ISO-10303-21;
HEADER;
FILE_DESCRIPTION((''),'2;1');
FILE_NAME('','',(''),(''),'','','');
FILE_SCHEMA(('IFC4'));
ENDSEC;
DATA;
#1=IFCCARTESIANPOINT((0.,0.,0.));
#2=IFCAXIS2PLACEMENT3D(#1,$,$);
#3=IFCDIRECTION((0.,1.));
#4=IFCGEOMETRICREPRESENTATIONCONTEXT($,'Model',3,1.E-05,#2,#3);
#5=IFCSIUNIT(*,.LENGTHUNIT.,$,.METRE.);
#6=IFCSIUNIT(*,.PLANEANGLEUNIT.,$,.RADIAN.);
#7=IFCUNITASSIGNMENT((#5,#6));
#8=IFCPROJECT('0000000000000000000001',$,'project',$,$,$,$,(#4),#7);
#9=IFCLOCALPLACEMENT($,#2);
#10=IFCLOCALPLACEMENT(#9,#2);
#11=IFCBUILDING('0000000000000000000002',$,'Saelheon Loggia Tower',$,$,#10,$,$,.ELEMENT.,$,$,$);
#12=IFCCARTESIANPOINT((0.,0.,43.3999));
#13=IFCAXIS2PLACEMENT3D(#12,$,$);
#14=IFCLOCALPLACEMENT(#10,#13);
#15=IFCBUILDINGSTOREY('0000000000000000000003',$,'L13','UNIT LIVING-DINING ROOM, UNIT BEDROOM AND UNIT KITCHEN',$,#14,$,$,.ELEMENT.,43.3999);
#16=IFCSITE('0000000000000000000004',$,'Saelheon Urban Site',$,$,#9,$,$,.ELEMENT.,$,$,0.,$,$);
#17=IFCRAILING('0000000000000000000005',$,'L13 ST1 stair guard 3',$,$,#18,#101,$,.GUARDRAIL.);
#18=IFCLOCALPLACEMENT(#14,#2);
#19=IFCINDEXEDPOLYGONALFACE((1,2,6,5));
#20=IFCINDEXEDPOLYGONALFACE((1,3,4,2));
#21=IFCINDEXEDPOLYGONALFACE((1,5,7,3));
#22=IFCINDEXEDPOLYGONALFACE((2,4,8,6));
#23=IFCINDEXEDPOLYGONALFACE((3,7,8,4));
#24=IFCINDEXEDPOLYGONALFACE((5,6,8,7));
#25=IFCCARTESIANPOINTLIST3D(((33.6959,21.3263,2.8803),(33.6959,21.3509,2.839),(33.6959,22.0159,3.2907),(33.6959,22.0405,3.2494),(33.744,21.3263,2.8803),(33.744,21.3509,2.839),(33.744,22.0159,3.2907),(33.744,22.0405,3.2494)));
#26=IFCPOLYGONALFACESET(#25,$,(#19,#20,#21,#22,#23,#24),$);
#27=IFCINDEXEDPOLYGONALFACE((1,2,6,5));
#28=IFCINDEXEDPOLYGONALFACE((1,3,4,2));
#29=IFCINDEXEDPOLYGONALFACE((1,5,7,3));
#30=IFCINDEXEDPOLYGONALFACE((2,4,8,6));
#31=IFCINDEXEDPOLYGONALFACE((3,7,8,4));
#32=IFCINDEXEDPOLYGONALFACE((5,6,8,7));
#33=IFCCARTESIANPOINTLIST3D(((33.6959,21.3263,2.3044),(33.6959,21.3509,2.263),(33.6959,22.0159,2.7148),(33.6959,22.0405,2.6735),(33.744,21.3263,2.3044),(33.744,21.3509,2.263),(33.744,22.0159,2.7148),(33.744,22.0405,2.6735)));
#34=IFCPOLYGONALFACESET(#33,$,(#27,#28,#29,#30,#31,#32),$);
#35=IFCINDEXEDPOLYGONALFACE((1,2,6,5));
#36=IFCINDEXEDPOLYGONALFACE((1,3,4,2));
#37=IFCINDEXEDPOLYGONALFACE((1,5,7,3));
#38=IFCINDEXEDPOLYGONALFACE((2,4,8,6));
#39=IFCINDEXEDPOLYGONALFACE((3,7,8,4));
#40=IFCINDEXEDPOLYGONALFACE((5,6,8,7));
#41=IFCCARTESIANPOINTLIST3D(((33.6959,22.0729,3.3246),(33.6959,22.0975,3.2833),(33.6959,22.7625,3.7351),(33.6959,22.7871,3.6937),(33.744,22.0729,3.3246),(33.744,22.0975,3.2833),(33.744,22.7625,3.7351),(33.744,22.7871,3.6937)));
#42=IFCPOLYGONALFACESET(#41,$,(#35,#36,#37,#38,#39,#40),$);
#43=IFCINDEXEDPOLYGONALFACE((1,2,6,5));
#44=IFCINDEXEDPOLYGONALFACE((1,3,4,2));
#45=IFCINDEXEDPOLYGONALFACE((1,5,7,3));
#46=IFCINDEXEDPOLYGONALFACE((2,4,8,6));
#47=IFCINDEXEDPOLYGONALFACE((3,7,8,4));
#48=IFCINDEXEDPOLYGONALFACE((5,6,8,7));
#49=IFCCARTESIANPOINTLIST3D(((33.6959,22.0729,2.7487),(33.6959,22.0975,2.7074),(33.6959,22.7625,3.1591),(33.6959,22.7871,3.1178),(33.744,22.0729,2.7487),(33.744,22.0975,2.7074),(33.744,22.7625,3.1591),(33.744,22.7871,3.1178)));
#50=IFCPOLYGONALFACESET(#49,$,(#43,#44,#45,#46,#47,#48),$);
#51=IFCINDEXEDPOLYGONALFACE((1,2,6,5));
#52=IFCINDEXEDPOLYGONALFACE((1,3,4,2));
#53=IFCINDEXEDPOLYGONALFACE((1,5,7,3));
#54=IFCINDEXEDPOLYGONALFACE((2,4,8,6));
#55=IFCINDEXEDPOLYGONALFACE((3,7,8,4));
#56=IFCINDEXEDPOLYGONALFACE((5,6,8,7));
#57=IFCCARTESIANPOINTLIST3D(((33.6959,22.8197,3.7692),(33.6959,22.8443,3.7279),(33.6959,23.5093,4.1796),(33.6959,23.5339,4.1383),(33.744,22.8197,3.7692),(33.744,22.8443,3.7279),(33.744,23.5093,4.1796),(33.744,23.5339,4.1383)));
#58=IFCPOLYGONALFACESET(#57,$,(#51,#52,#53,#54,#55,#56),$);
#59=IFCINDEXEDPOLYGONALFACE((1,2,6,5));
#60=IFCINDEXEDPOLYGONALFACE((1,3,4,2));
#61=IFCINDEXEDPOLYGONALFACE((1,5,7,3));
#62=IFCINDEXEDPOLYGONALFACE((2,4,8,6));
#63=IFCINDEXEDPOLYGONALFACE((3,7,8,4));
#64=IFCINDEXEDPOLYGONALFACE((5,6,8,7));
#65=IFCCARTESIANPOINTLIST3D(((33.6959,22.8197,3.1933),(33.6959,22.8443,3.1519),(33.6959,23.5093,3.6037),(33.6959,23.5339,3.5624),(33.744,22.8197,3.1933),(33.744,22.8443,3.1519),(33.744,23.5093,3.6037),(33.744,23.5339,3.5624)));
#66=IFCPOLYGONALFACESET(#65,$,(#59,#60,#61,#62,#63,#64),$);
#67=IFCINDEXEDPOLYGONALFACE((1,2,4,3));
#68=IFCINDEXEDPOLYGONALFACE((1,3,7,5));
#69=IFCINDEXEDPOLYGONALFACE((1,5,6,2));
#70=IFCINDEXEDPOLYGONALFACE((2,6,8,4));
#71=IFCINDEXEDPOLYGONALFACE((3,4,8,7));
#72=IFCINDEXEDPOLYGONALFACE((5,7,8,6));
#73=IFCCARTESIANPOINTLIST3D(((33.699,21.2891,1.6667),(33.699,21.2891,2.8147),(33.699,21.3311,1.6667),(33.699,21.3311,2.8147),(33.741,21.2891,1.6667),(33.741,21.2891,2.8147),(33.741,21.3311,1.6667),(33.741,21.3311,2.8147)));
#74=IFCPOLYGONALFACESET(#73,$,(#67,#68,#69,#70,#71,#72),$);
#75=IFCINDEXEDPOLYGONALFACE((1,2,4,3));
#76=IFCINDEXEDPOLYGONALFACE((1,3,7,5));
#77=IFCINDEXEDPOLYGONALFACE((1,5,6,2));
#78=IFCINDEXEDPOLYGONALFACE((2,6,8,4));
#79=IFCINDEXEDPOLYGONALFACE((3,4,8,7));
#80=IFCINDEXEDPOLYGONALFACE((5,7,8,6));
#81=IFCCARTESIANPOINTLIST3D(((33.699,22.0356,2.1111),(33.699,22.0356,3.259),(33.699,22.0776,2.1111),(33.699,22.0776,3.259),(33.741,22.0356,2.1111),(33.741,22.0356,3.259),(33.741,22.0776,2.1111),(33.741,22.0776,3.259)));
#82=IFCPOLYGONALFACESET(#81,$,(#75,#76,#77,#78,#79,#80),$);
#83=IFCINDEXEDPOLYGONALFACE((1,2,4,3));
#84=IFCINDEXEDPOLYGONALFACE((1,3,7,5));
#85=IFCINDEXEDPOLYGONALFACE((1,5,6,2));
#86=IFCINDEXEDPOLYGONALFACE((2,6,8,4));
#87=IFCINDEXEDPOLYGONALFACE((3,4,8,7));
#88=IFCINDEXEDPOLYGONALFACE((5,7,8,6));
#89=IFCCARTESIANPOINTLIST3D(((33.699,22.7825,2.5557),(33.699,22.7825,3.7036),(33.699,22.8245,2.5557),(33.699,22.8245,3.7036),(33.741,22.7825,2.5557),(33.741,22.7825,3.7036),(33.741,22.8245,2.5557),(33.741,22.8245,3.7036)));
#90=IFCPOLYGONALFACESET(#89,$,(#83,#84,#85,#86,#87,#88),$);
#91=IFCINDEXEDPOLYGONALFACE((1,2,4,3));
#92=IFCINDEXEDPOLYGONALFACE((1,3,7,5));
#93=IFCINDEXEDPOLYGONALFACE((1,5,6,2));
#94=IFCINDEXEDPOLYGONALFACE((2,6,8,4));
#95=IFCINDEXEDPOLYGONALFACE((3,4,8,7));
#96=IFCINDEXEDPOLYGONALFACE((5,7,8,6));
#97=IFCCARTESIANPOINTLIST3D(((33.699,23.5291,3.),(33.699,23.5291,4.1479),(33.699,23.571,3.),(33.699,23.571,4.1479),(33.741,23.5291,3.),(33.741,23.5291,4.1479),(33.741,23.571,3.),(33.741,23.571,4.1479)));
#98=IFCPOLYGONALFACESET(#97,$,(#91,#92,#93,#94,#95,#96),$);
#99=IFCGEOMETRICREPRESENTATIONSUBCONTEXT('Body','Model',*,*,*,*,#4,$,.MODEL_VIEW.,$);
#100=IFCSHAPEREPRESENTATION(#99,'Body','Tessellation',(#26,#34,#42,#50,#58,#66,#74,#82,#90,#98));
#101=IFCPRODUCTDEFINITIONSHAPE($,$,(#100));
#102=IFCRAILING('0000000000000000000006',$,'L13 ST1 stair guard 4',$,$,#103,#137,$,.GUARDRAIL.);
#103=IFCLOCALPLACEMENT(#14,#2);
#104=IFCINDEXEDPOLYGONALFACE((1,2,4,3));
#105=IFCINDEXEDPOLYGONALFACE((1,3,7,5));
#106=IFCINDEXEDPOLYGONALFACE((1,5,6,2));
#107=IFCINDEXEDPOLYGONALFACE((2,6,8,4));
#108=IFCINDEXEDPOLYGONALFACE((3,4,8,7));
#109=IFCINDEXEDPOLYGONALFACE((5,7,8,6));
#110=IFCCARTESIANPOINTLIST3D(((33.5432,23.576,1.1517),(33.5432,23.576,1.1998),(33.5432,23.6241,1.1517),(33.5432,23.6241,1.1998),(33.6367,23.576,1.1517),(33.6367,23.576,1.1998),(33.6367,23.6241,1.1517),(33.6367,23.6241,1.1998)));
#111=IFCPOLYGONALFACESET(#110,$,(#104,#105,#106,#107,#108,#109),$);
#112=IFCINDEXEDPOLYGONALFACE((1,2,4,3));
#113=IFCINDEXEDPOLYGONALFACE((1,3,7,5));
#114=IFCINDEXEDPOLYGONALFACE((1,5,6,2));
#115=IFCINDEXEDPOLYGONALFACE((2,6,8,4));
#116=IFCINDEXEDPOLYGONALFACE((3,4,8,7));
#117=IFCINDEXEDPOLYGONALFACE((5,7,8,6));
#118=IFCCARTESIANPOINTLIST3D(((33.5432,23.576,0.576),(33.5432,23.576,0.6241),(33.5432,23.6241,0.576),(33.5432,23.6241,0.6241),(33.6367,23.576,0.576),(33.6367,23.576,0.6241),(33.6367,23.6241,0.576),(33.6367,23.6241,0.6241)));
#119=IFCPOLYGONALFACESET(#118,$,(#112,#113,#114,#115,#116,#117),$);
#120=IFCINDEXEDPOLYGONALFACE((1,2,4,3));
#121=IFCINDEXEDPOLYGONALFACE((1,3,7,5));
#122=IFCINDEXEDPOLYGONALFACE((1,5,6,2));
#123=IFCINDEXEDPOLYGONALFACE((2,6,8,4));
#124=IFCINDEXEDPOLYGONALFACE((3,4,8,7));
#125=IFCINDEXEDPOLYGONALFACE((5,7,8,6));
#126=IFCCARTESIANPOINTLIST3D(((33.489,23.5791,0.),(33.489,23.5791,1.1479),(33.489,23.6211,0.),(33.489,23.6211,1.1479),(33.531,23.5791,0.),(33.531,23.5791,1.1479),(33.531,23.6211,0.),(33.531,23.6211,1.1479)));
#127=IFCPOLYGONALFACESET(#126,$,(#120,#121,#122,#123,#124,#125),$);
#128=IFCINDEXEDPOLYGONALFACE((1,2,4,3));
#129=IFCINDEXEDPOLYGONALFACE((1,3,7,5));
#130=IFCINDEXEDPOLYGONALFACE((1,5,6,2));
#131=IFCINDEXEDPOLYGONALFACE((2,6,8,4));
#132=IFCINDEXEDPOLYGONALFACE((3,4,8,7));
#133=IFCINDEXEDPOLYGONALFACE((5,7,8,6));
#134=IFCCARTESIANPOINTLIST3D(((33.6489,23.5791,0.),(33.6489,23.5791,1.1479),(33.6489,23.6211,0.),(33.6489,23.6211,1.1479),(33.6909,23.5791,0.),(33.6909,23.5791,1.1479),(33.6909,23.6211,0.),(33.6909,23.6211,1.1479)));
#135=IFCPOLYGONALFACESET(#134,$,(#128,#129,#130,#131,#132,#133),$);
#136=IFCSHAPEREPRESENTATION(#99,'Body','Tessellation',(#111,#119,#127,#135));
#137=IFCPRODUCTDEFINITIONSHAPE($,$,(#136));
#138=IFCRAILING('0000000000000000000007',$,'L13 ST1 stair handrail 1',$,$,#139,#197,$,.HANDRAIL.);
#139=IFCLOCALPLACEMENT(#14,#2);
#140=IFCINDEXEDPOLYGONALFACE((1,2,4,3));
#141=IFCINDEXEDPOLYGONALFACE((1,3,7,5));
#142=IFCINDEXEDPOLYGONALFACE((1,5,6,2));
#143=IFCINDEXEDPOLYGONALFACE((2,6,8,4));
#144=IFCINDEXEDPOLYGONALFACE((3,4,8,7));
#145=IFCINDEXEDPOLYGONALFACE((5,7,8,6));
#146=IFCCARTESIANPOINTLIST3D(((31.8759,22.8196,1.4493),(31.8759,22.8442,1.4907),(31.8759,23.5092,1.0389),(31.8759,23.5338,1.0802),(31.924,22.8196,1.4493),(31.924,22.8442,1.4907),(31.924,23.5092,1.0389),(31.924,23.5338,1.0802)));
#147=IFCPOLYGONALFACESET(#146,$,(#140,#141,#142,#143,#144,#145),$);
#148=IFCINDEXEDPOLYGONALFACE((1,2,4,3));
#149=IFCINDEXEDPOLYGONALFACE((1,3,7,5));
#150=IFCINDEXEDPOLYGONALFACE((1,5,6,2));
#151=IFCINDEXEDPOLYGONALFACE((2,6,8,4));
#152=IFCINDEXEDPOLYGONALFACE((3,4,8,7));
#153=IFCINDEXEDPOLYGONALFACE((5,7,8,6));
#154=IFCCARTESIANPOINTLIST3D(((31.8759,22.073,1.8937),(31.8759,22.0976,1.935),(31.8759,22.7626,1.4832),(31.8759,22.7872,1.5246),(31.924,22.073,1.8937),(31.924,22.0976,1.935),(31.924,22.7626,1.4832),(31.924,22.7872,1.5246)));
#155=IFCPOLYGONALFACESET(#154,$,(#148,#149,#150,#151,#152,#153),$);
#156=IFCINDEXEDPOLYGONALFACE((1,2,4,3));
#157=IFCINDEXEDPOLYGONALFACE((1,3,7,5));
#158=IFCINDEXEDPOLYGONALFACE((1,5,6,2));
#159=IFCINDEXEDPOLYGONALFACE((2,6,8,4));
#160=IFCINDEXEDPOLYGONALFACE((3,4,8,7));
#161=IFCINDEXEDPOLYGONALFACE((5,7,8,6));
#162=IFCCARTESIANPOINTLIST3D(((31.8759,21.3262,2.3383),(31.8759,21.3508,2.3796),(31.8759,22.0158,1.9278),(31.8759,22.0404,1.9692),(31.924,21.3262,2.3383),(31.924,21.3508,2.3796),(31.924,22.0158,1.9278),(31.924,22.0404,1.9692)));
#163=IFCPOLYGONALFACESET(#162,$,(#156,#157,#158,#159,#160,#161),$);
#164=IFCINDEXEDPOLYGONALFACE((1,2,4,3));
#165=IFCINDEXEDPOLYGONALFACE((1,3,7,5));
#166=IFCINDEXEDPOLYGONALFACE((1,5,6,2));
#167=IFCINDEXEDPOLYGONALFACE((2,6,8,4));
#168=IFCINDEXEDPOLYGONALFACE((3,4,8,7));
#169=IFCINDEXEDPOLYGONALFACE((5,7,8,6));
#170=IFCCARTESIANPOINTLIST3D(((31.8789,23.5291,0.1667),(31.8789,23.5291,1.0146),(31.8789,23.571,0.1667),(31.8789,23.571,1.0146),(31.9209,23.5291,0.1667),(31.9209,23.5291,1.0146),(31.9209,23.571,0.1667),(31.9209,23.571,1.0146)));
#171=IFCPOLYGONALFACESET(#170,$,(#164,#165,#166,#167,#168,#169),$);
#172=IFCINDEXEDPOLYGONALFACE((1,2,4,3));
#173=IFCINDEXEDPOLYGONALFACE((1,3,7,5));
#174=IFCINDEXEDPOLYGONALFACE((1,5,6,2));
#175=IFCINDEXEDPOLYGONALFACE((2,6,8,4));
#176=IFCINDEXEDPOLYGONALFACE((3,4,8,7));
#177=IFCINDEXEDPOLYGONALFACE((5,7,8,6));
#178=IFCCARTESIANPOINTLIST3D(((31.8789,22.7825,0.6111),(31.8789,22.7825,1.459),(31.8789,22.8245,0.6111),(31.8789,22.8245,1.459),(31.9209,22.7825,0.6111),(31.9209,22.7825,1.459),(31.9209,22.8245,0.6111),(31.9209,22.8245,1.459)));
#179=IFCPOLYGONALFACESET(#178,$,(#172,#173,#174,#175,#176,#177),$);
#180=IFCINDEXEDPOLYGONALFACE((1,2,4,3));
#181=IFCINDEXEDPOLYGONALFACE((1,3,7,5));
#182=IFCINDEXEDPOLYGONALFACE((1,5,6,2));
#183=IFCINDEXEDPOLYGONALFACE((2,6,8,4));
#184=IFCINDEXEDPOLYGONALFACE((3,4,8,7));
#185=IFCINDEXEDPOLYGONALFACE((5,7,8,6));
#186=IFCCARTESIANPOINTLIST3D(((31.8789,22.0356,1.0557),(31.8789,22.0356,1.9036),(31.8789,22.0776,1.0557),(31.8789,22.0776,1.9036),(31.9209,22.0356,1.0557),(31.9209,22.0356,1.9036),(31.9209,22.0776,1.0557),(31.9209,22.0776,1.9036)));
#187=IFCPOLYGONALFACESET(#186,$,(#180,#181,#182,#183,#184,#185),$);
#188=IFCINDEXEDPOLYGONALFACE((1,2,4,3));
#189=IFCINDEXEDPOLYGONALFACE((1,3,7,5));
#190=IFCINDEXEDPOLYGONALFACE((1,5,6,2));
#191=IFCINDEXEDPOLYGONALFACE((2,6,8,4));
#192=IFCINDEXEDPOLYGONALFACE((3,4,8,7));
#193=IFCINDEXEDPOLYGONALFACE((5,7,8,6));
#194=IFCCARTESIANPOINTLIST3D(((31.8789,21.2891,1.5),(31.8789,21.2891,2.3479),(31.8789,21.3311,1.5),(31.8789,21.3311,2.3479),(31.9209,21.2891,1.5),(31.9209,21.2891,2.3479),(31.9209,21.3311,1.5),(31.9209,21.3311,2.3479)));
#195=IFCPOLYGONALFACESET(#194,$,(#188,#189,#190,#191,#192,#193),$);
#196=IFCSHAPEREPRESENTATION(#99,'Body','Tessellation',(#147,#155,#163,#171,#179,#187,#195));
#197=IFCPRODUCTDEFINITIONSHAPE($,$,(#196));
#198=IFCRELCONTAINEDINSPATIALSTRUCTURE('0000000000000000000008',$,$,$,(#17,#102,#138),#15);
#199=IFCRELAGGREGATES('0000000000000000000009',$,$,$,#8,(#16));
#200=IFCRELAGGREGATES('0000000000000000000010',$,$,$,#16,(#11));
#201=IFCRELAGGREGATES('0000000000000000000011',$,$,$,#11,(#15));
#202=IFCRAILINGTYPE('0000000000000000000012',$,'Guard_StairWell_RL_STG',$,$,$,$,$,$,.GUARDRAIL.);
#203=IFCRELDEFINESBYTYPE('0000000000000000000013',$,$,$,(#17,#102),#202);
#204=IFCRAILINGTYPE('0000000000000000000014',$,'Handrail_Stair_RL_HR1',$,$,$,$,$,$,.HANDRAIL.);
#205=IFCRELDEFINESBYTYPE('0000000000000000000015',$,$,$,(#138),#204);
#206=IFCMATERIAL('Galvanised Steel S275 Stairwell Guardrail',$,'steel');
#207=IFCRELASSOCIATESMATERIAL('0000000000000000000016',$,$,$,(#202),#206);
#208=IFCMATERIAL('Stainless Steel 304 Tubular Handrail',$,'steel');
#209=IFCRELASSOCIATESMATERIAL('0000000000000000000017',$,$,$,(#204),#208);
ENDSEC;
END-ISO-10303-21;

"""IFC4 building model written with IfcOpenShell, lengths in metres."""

from ifc_helpers import new_model, si_unit, direction, frame, origin, origin_2d, place, context, subcontext, project, spatial, rectangle, extrude, material, type_object, element, save


model = new_model("IFC4")

# Units and contexts
model_context = context("Model", 3, precision=1e-05, world=origin(), true_north=direction((0.0, 1.0)))
body_context = subcontext(model_context, "Body", "Model", "MODEL_VIEW")
ifc_project = project(units=[si_unit("LENGTHUNIT", "METRE"), si_unit("PLANEANGLEUNIT", "RADIAN")], contexts=[model_context])

# Site, building, storey
site_placement = place(None, origin())
site = spatial("IfcSite", under=ifc_project, at=site_placement, Name="Saelheon Urban Site", CompositionType="ELEMENT", RefElevation=0.0)
building_placement = place(site_placement, origin())
building = spatial("IfcBuilding", under=site, at=building_placement, Name="Saelheon Loggia Tower", CompositionType="ELEMENT")
storey_placement = place(building_placement, frame((0.0, 0.0, 43.3999)))
storey = spatial("IfcBuildingStorey", under=building, at=storey_placement, Name="L13", Description="UNIT LIVING-DINING ROOM, UNIT BEDROOM AND UNIT KITCHEN", CompositionType="ELEMENT", Elevation=43.3999)

# Railings
ifc_material_1 = material(Name="Galvanised Steel S275 Stairwell Guardrail", Category="steel")
railing_type_1 = type_object("IfcRailingType", Name="Guard_StairWell_RL_STG", PredefinedType="GUARDRAIL", material=ifc_material_1)
railing_1_placement = place(storey_placement, frame((33.72, 21.3101, 1.6667)))
element("IfcRailing", 1, at=railing_1_placement, inside=storey, type_object=railing_type_1, Name="L13 ST1 stair guard 3", PredefinedType="GUARDRAIL", context=body_context, shape_type="SweptSolid", body=[
    extrude(rectangle(XDim=0.0481, YDim=0.0481, at=origin_2d()), frame((0.0, 0.0286, 1.1929), z_axis=(0.0, 0.859306, 0.511462), x_axis=(-1.0, 0.0, 0.0)), (0.0, 0.0, 1.0), 0.8025),
    extrude(rectangle(XDim=0.0481, YDim=0.0481, at=origin_2d()), frame((0.0, 0.0286, 0.6169), z_axis=(0.0, 0.859306, 0.511462), x_axis=(-1.0, 0.0, 0.0)), (0.0, 0.0, 1.0), 0.8025),
    extrude(rectangle(XDim=0.0481, YDim=0.0481, at=origin_2d()), frame((0.0, 0.7751, 1.6372), z_axis=(0.0, 0.859306, 0.511462), x_axis=(-1.0, 0.0, 0.0)), (0.0, 0.0, 1.0), 0.8025),
    extrude(rectangle(XDim=0.0481, YDim=0.0481, at=origin_2d()), frame((0.0, 0.7751, 1.0613), z_axis=(0.0, 0.859306, 0.511462), x_axis=(-1.0, 0.0, 0.0)), (0.0, 0.0, 1.0), 0.8025),
    extrude(rectangle(XDim=0.0481, YDim=0.0481, at=origin_2d()), frame((0.0, 1.522, 2.0818), z_axis=(0.0, 0.859306, 0.511462), x_axis=(-1.0, 0.0, 0.0)), (0.0, 0.0, 1.0), 0.8025),
    extrude(rectangle(XDim=0.0481, YDim=0.0481, at=origin_2d()), frame((0.0, 1.522, 1.5059), z_axis=(0.0, 0.859306, 0.511462), x_axis=(-1.0, 0.0, 0.0)), (0.0, 0.0, 1.0), 0.8025),
    extrude(rectangle(XDim=0.042, YDim=0.042, at=origin_2d()), origin(), (0.0, 0.0, 1.0), 1.1479),
    extrude(rectangle(XDim=0.042, YDim=0.042, at=origin_2d()), frame((0.0, 0.7466, 0.4443)), (0.0, 0.0, 1.0), 1.1479),
    extrude(rectangle(XDim=0.042, YDim=0.042, at=origin_2d()), frame((0.0, 1.4934, 0.8889)), (0.0, 0.0, 1.0), 1.1479),
    extrude(rectangle(XDim=0.042, YDim=0.042, at=origin_2d()), frame((0.0, 2.24, 1.3333)), (0.0, 0.0, 1.0), 1.1479),
])
railing_2_placement = place(storey_placement, frame((33.51, 23.6001, 0.0)))
element("IfcRailing", 2, at=railing_2_placement, inside=storey, type_object=railing_type_1, Name="L13 ST1 stair guard 4", PredefinedType="GUARDRAIL", context=body_context, shape_type="SweptSolid", body=[
    extrude(rectangle(XDim=0.0481, YDim=0.0481, at=origin_2d()), frame((0.0332, 0.0, 1.1758), z_axis=(1.0, 0.0, 0.0), x_axis=(0.0, 1.0, 0.0)), (0.0, 0.0, 1.0), 0.0935),
    extrude(rectangle(XDim=0.0481, YDim=0.0481, at=origin_2d()), frame((0.0332, 0.0, 0.6001), z_axis=(1.0, 0.0, 0.0), x_axis=(0.0, 1.0, 0.0)), (0.0, 0.0, 1.0), 0.0935),
    extrude(rectangle(XDim=0.042, YDim=0.042, at=origin_2d()), origin(), (0.0, 0.0, 1.0), 1.1479),
    extrude(rectangle(XDim=0.042, YDim=0.042, at=origin_2d()), frame((0.1599, 0.0, 0.0)), (0.0, 0.0, 1.0), 1.1479),
])
ifc_material_2 = material(Name="Stainless Steel 304 Tubular Handrail", Category="steel")
railing_type_2 = type_object("IfcRailingType", Name="Handrail_Stair_RL_HR1", PredefinedType="HANDRAIL", material=ifc_material_2)
railing_3_placement = place(storey_placement, frame((31.8999, 23.55, 0.1667)))
element("IfcRailing", 3, at=railing_3_placement, inside=storey, type_object=railing_type_2, Name="L13 ST1 stair handrail 1", PredefinedType="HANDRAIL", context=body_context, shape_type="SweptSolid", body=[
    extrude(rectangle(XDim=0.0481, YDim=0.0481, at=origin_2d()), frame((0.0, -0.0286, 0.8928), z_axis=(0.0, -0.859306, 0.511462), x_axis=(1.0, 0.0, 0.0)), (0.0, 0.0, 1.0), 0.8025),
    extrude(rectangle(XDim=0.0481, YDim=0.0481, at=origin_2d()), frame((0.0, -0.7751, 1.3372), z_axis=(0.0, -0.859306, 0.511462), x_axis=(1.0, 0.0, 0.0)), (0.0, 0.0, 1.0), 0.8025),
    extrude(rectangle(XDim=0.0481, YDim=0.0481, at=origin_2d()), frame((0.0, -1.522, 1.7817), z_axis=(0.0, -0.859306, 0.511462), x_axis=(1.0, 0.0, 0.0)), (0.0, 0.0, 1.0), 0.8025),
    extrude(rectangle(XDim=0.042, YDim=0.042, at=origin_2d()), origin(), (0.0, 0.0, 1.0), 0.8479),
    extrude(rectangle(XDim=0.042, YDim=0.042, at=origin_2d()), frame((0.0, -0.7466, 0.4443)), (0.0, 0.0, 1.0), 0.8479),
    extrude(rectangle(XDim=0.042, YDim=0.042, at=origin_2d()), frame((0.0, -1.4934, 0.8889)), (0.0, 0.0, 1.0), 0.8479),
    extrude(rectangle(XDim=0.042, YDim=0.042, at=origin_2d()), frame((0.0, -2.24, 1.3333)), (0.0, 0.0, 1.0), 0.8479),
])

save(model, "model.ifc")
